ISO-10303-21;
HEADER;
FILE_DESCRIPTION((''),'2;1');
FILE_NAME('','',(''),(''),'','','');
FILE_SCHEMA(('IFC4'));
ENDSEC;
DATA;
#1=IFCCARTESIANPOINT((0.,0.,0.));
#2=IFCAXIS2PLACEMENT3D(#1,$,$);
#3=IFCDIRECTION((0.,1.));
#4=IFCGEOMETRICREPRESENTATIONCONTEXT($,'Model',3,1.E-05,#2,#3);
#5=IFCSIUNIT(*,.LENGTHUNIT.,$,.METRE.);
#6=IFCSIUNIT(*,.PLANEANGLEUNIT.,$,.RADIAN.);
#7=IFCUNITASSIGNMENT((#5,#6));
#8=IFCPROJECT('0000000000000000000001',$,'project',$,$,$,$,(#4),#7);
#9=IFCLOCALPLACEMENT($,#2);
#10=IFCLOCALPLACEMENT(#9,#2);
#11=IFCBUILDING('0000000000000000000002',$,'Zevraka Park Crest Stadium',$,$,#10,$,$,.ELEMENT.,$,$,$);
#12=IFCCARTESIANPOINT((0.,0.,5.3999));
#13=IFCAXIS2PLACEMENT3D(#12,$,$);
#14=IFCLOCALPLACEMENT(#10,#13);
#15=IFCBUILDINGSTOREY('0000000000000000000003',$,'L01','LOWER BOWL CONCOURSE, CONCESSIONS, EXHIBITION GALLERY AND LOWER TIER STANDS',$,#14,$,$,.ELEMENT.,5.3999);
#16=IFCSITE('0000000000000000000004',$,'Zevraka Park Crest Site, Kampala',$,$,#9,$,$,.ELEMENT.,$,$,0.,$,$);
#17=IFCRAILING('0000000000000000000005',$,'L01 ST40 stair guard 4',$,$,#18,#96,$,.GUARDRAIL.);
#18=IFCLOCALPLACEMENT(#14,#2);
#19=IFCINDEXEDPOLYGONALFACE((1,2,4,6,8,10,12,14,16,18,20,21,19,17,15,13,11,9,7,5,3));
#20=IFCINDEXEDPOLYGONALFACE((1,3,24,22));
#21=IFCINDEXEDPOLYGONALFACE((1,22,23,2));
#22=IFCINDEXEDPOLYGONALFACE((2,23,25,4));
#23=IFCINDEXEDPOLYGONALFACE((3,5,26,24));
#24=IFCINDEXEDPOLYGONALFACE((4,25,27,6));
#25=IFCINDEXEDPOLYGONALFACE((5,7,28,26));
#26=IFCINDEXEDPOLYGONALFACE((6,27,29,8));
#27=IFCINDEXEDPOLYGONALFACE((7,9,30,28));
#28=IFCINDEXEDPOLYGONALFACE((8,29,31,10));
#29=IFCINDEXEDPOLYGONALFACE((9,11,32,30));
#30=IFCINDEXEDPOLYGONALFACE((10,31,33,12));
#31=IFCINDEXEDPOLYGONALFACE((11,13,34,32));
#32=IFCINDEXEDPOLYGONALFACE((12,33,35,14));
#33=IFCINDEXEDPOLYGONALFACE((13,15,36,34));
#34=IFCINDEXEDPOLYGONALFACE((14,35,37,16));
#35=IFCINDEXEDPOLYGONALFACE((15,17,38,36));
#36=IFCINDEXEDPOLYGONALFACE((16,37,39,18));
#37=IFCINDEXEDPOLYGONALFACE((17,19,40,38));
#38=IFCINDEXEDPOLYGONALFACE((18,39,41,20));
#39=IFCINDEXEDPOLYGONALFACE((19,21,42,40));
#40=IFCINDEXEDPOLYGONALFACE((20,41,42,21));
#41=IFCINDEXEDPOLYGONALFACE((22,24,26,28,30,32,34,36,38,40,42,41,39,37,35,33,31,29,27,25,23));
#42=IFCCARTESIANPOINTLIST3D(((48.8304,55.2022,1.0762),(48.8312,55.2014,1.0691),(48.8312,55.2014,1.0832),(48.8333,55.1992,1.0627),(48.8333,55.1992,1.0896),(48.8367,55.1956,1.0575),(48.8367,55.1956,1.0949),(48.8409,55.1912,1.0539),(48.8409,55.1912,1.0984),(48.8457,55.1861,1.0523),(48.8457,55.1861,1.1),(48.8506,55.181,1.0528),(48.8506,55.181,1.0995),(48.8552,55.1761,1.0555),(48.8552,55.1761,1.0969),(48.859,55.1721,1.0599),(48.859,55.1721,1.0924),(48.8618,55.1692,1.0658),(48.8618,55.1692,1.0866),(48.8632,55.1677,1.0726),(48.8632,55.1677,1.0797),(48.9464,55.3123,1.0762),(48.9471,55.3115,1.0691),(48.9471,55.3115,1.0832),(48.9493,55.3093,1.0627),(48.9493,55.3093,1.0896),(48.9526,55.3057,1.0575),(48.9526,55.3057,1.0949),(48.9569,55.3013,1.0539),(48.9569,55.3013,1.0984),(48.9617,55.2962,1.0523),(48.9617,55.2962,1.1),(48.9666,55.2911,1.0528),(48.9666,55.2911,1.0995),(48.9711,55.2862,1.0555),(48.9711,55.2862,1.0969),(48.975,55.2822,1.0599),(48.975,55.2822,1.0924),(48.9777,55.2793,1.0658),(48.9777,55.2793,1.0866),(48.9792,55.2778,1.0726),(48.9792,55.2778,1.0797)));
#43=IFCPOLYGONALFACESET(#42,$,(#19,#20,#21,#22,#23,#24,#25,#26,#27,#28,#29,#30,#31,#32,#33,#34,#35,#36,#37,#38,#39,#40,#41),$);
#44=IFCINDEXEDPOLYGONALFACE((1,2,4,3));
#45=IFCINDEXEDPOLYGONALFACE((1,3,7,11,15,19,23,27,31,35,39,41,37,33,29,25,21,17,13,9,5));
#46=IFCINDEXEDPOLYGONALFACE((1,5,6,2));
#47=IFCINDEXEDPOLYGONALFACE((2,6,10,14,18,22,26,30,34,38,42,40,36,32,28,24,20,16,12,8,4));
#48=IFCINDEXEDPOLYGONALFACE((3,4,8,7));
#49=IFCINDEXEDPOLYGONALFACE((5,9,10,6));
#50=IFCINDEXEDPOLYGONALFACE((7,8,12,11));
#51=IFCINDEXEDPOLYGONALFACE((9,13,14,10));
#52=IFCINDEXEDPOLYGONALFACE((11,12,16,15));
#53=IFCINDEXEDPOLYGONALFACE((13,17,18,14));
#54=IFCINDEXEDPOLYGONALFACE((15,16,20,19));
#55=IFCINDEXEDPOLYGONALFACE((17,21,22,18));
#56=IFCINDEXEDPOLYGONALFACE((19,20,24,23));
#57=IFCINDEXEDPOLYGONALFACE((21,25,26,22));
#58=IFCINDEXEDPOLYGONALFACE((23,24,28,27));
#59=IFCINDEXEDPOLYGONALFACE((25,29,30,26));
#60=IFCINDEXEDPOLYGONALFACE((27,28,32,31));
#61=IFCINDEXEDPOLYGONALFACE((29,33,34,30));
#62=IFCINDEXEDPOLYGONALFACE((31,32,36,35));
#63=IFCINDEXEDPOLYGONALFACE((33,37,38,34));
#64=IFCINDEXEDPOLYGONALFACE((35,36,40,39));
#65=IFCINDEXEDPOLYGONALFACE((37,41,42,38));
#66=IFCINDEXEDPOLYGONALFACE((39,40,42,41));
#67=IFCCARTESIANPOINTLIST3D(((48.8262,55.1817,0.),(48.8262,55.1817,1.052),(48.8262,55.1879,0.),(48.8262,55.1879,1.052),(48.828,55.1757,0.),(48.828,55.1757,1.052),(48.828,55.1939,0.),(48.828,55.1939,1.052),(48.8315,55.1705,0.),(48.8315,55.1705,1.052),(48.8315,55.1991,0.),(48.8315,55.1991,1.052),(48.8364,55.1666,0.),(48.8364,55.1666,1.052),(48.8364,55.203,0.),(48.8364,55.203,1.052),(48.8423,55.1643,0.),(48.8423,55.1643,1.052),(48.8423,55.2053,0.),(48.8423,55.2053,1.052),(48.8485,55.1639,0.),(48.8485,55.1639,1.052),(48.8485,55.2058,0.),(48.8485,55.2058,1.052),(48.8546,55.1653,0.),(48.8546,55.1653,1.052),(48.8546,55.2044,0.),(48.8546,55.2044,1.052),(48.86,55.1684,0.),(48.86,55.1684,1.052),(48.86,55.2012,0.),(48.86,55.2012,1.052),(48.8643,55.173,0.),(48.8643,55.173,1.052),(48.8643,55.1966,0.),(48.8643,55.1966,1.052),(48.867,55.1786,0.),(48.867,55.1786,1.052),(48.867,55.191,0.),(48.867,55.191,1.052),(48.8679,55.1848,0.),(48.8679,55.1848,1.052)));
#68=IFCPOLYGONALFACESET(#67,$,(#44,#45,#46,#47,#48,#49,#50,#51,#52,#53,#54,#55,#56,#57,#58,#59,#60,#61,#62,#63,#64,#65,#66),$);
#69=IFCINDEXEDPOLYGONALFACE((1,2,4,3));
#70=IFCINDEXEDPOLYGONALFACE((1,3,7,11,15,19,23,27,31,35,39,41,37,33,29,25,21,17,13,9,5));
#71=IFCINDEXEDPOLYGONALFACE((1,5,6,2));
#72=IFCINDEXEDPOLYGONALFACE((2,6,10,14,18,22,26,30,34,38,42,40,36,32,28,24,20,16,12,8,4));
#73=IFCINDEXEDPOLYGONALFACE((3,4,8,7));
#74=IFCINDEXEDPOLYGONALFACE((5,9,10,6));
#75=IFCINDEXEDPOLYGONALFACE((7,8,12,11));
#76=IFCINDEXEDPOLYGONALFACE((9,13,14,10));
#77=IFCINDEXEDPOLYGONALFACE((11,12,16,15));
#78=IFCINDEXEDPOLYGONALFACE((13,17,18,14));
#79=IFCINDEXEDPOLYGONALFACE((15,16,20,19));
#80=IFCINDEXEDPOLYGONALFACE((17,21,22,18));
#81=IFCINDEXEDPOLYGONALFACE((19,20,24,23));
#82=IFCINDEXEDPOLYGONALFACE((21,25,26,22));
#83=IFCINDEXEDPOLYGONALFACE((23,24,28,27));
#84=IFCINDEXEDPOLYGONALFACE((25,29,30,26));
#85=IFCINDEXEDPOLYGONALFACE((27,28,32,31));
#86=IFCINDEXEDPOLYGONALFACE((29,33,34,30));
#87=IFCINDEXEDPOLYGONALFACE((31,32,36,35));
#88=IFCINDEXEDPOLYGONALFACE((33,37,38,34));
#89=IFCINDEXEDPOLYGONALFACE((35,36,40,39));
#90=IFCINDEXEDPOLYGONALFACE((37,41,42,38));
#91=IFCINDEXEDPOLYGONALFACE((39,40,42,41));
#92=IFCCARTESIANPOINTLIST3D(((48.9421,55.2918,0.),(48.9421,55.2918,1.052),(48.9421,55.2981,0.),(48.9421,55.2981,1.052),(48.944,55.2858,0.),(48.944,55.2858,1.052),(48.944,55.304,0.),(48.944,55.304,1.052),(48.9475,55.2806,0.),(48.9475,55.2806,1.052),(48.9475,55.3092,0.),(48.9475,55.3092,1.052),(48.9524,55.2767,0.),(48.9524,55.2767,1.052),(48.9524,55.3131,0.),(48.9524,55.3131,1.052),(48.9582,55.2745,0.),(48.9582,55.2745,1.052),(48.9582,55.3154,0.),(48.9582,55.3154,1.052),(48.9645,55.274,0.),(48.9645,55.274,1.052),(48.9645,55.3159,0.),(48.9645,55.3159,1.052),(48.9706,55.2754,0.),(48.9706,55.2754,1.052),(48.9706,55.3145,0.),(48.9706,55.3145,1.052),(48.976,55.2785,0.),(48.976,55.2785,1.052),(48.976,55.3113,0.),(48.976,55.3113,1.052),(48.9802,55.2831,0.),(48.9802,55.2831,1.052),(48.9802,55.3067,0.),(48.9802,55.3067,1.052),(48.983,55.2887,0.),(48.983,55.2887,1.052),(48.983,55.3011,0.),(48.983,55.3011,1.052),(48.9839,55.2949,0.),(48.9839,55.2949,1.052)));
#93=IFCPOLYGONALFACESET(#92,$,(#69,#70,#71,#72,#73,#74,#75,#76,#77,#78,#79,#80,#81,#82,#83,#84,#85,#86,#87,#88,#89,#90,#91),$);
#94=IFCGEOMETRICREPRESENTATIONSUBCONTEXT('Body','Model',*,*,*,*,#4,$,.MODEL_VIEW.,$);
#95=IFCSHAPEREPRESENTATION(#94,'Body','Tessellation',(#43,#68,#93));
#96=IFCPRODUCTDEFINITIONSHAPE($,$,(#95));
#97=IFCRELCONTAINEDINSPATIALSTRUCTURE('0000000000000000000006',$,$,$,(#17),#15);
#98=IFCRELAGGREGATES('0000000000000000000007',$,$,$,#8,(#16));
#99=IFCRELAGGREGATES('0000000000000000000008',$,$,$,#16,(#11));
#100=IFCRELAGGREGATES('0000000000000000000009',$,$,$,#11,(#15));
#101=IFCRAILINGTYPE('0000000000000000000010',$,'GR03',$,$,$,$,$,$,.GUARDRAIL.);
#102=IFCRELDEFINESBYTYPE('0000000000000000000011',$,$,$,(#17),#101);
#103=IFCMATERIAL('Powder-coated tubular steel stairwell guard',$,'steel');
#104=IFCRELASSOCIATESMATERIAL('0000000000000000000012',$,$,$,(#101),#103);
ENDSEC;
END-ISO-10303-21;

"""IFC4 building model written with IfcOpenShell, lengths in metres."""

from ifc_helpers import new_model, si_unit, direction, frame, origin, origin_2d, place, context, subcontext, project, spatial, circle, extrude, material, type_object, element, save


model = new_model("IFC4")

# Units and contexts
model_context = context("Model", 3, precision=1e-05, world=origin(), true_north=direction((0.0, 1.0)))
body_context = subcontext(model_context, "Body", "Model", "MODEL_VIEW")
ifc_project = project(units=[si_unit("LENGTHUNIT", "METRE"), si_unit("PLANEANGLEUNIT", "RADIAN")], contexts=[model_context])

# Site, building, storey
site_placement = place(None, origin())
site = spatial("IfcSite", under=ifc_project, at=site_placement, Name="Zevraka Park Crest Site, Kampala", CompositionType="ELEMENT", RefElevation=0.0)
building_placement = place(site_placement, origin())
building = spatial("IfcBuilding", under=site, at=building_placement, Name="Zevraka Park Crest Stadium", CompositionType="ELEMENT")
storey_placement = place(building_placement, frame((0.0, 0.0, 5.3999)))
storey = spatial("IfcBuildingStorey", under=building, at=storey_placement, Name="L01", Description="LOWER BOWL CONCOURSE, CONCESSIONS, EXHIBITION GALLERY AND LOWER TIER STANDS", CompositionType="ELEMENT", Elevation=5.3999)

# Railing
ifc_material_1 = material(Name="Powder-coated tubular steel stairwell guard", Category="steel")
railing_type_1 = type_object("IfcRailingType", Name="GR03", PredefinedType="GUARDRAIL", material=ifc_material_1)
railing_1_placement = place(storey_placement, frame((48.8469, 55.1848, 0.0)))
element("IfcRailing", 1, at=railing_1_placement, inside=storey, type_object=railing_type_1, Name="L01 ST40 stair guard 4", PredefinedType="GUARDRAIL", context=body_context, shape_type="SweptSolid", body=[
    extrude(circle(Radius=0.0239, at=origin_2d()), frame((0.0, 0.0, 1.0762), z_axis=(0.72519, 0.688549, 0.0), x_axis=(-0.688549, 0.72519, 0.0)), (0.0, 0.0, 1.0), 0.1599),
    extrude(circle(Radius=0.021, at=origin_2d()), origin(), (0.0, 0.0, 1.0), 1.052),
    extrude(circle(Radius=0.021, at=origin_2d()), frame((0.116, 0.1101, 0.0)), (0.0, 0.0, 1.0), 1.052),
])

save(model, "model.ifc")
